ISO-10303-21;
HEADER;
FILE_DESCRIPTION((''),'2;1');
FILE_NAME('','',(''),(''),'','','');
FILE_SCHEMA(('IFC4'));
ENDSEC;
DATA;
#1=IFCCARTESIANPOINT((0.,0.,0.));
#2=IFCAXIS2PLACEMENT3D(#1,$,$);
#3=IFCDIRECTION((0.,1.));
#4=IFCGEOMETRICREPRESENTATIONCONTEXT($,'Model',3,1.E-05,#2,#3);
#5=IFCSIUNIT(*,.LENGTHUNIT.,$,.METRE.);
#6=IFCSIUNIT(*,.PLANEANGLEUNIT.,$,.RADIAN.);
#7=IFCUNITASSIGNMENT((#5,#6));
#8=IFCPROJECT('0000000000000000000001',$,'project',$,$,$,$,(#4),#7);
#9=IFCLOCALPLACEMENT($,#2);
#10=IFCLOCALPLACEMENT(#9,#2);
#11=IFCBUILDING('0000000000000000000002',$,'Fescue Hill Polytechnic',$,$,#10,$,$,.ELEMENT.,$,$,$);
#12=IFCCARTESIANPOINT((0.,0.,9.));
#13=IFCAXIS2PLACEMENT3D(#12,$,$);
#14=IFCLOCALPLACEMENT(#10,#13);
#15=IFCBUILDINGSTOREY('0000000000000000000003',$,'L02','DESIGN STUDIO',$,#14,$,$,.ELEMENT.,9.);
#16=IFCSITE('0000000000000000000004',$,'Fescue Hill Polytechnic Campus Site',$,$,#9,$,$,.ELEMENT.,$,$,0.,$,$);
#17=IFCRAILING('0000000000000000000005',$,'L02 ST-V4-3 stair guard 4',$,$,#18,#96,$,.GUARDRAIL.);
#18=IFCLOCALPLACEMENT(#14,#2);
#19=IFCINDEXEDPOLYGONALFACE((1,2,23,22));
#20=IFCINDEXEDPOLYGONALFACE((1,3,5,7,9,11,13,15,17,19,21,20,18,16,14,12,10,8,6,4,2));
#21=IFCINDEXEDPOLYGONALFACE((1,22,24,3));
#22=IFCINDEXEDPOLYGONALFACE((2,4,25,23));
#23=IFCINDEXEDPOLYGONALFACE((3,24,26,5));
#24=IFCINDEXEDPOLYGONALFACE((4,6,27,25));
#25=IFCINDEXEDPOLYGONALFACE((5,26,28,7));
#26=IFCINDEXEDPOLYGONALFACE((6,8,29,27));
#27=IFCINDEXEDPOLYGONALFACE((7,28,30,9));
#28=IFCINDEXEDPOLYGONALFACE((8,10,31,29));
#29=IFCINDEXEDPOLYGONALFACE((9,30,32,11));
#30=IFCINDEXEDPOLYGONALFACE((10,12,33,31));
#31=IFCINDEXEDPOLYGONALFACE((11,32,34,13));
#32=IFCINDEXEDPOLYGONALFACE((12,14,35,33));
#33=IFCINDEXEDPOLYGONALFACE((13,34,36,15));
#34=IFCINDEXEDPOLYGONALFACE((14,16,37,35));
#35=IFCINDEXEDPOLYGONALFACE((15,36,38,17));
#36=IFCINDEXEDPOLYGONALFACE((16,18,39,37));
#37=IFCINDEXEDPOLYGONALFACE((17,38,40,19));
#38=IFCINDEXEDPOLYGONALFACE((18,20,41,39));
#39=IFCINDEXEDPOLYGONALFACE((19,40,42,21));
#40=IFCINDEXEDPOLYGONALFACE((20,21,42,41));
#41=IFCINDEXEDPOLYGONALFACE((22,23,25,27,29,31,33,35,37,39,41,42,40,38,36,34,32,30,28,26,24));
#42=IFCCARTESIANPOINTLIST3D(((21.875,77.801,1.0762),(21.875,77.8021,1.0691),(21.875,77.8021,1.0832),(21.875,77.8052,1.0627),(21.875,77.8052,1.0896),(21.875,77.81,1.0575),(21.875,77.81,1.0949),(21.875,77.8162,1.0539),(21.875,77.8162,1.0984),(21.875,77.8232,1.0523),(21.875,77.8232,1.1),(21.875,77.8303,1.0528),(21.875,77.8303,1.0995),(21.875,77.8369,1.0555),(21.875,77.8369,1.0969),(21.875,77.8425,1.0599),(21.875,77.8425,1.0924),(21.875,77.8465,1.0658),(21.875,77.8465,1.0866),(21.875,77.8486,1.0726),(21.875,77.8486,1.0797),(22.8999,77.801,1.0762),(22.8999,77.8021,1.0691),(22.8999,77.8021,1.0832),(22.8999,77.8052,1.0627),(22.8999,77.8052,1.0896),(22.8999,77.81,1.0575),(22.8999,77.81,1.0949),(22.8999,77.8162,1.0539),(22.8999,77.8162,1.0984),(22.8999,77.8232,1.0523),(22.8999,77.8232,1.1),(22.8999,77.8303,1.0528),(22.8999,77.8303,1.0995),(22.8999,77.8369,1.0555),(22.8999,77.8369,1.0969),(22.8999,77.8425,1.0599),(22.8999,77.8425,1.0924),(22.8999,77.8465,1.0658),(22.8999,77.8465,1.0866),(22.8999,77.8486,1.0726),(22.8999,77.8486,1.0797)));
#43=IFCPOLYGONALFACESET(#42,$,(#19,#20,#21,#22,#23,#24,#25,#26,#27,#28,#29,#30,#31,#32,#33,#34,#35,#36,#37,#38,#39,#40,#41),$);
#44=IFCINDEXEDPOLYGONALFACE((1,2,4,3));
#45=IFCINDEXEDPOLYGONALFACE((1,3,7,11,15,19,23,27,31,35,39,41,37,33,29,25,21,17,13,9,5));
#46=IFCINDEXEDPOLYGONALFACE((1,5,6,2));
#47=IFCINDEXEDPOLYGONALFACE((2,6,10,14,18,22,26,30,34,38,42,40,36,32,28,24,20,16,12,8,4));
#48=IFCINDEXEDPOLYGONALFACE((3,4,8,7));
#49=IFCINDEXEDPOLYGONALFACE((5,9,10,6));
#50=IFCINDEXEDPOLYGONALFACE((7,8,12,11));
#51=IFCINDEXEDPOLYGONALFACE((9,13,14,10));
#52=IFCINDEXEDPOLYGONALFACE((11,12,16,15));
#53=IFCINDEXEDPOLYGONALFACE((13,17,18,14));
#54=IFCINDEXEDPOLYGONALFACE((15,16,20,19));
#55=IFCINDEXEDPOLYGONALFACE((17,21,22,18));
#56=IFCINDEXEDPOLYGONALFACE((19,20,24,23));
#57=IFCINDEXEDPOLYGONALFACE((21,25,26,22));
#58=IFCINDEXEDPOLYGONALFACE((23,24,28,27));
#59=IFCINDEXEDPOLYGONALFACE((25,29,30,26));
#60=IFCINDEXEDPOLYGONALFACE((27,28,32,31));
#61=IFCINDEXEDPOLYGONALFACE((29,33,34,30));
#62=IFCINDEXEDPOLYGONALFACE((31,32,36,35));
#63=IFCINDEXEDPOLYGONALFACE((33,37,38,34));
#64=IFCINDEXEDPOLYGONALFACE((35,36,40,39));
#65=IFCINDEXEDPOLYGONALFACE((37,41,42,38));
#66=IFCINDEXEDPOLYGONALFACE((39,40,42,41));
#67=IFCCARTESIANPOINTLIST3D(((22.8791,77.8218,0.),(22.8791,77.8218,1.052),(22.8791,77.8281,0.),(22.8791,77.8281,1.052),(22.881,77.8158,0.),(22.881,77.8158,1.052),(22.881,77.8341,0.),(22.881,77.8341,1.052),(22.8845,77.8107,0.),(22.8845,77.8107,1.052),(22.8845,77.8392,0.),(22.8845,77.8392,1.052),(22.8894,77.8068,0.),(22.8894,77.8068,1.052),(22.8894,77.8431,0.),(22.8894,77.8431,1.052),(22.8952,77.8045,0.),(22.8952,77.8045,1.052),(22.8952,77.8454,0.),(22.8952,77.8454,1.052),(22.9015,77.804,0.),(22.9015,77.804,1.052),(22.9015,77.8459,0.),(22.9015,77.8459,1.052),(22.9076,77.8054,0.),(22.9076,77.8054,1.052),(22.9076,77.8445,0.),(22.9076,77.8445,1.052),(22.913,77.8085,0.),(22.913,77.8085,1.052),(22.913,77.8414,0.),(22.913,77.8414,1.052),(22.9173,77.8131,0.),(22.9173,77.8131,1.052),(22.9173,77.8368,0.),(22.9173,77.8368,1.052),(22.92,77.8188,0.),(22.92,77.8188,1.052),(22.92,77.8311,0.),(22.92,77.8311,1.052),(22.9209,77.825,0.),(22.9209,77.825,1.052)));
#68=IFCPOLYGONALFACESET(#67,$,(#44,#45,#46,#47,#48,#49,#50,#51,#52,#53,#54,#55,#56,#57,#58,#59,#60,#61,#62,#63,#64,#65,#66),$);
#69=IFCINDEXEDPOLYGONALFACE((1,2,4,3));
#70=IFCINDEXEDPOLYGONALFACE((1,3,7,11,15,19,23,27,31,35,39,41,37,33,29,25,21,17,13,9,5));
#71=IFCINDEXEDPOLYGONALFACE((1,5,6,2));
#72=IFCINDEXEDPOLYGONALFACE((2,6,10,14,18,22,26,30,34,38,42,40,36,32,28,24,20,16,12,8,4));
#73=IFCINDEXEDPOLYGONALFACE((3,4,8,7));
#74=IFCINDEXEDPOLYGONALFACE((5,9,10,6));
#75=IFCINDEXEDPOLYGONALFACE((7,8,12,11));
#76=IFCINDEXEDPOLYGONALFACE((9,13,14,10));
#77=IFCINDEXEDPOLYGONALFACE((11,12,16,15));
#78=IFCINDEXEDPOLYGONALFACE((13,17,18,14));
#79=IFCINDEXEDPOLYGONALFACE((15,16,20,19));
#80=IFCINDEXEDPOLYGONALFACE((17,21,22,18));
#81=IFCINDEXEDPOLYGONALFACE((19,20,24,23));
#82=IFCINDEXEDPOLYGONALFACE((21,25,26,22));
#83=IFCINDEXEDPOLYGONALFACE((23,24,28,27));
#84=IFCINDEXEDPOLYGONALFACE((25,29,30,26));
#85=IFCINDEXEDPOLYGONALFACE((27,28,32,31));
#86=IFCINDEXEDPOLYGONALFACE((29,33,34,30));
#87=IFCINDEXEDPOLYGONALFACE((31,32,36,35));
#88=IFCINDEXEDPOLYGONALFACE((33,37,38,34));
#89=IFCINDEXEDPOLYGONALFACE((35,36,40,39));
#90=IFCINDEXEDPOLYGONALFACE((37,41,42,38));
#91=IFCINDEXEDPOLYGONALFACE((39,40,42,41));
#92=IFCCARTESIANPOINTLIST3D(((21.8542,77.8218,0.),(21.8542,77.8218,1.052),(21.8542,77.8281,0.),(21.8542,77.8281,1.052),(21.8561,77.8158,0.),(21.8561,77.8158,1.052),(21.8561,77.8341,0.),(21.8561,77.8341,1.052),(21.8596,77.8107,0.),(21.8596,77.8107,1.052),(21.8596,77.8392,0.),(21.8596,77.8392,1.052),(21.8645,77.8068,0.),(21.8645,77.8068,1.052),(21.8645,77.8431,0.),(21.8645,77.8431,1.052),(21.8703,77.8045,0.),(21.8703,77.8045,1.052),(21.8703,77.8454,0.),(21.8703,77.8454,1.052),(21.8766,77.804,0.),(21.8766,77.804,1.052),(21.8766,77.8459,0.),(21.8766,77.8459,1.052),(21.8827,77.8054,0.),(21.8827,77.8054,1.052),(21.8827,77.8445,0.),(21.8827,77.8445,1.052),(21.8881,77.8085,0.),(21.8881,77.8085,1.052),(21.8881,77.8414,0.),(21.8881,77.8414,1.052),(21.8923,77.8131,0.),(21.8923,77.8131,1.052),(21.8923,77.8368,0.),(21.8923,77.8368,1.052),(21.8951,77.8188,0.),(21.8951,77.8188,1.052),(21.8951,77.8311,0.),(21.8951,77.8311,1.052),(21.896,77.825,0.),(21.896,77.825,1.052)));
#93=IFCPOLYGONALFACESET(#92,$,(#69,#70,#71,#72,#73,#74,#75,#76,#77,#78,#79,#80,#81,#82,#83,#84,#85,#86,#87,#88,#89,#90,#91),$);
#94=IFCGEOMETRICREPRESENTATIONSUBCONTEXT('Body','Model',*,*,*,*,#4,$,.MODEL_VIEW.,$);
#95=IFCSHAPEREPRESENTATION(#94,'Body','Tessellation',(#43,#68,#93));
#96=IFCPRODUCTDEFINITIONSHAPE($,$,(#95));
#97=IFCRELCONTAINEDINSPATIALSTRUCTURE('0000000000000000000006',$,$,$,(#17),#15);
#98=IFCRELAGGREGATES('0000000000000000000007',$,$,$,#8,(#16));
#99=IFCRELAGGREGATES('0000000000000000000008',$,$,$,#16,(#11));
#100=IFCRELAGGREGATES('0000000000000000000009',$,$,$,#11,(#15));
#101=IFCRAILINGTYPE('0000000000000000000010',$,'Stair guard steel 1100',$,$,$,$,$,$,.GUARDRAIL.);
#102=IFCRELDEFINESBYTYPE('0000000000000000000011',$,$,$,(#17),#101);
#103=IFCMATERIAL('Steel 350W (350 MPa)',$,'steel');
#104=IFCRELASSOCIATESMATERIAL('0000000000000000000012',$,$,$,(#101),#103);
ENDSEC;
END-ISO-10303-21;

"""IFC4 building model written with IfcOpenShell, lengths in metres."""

from ifc_helpers import new_model, si_unit, direction, frame, origin, origin_2d, place, context, subcontext, project, spatial, circle, extrude, material, type_object, element, save


model = new_model("IFC4")

# Units and contexts
model_context = context("Model", 3, precision=1e-05, world=origin(), true_north=direction((0.0, 1.0)))
body_context = subcontext(model_context, "Body", "Model", "MODEL_VIEW")
ifc_project = project(units=[si_unit("LENGTHUNIT", "METRE"), si_unit("PLANEANGLEUNIT", "RADIAN")], contexts=[model_context])

# Site, building, storey
site_placement = place(None, origin())
site = spatial("IfcSite", under=ifc_project, at=site_placement, Name="Fescue Hill Polytechnic Campus Site", CompositionType="ELEMENT", RefElevation=0.0)
building_placement = place(site_placement, origin())
building = spatial("IfcBuilding", under=site, at=building_placement, Name="Fescue Hill Polytechnic", CompositionType="ELEMENT")
storey_placement = place(building_placement, frame((0.0, 0.0, 9.0)))
storey = spatial("IfcBuildingStorey", under=building, at=storey_placement, Name="L02", Description="DESIGN STUDIO", CompositionType="ELEMENT", Elevation=9.0)

# Railing
ifc_material_1 = material(Name="Steel 350W (350 MPa)", Category="steel")
railing_type_1 = type_object("IfcRailingType", Name="Stair guard steel 1100", PredefinedType="GUARDRAIL", material=ifc_material_1)
railing_1_placement = place(storey_placement, frame((22.8999, 77.825, 0.0)))
element("IfcRailing", 1, at=railing_1_placement, inside=storey, type_object=railing_type_1, Name="L02 ST-V4-3 stair guard 4", PredefinedType="GUARDRAIL", context=body_context, shape_type="SweptSolid", body=[
    extrude(circle(Radius=0.0239, at=origin_2d()), frame((0.0, 0.0, 1.0762), z_axis=(-1.0, 0.0, 0.0), x_axis=(0.0, -1.0, 0.0)), (0.0, 0.0, 1.0), 1.0249),
    extrude(circle(Radius=0.021, at=origin_2d()), origin(), (0.0, 0.0, 1.0), 1.052),
    extrude(circle(Radius=0.021, at=origin_2d()), frame((-1.0249, 0.0, 0.0)), (0.0, 0.0, 1.0), 1.052),
])

save(model, "model.ifc")
